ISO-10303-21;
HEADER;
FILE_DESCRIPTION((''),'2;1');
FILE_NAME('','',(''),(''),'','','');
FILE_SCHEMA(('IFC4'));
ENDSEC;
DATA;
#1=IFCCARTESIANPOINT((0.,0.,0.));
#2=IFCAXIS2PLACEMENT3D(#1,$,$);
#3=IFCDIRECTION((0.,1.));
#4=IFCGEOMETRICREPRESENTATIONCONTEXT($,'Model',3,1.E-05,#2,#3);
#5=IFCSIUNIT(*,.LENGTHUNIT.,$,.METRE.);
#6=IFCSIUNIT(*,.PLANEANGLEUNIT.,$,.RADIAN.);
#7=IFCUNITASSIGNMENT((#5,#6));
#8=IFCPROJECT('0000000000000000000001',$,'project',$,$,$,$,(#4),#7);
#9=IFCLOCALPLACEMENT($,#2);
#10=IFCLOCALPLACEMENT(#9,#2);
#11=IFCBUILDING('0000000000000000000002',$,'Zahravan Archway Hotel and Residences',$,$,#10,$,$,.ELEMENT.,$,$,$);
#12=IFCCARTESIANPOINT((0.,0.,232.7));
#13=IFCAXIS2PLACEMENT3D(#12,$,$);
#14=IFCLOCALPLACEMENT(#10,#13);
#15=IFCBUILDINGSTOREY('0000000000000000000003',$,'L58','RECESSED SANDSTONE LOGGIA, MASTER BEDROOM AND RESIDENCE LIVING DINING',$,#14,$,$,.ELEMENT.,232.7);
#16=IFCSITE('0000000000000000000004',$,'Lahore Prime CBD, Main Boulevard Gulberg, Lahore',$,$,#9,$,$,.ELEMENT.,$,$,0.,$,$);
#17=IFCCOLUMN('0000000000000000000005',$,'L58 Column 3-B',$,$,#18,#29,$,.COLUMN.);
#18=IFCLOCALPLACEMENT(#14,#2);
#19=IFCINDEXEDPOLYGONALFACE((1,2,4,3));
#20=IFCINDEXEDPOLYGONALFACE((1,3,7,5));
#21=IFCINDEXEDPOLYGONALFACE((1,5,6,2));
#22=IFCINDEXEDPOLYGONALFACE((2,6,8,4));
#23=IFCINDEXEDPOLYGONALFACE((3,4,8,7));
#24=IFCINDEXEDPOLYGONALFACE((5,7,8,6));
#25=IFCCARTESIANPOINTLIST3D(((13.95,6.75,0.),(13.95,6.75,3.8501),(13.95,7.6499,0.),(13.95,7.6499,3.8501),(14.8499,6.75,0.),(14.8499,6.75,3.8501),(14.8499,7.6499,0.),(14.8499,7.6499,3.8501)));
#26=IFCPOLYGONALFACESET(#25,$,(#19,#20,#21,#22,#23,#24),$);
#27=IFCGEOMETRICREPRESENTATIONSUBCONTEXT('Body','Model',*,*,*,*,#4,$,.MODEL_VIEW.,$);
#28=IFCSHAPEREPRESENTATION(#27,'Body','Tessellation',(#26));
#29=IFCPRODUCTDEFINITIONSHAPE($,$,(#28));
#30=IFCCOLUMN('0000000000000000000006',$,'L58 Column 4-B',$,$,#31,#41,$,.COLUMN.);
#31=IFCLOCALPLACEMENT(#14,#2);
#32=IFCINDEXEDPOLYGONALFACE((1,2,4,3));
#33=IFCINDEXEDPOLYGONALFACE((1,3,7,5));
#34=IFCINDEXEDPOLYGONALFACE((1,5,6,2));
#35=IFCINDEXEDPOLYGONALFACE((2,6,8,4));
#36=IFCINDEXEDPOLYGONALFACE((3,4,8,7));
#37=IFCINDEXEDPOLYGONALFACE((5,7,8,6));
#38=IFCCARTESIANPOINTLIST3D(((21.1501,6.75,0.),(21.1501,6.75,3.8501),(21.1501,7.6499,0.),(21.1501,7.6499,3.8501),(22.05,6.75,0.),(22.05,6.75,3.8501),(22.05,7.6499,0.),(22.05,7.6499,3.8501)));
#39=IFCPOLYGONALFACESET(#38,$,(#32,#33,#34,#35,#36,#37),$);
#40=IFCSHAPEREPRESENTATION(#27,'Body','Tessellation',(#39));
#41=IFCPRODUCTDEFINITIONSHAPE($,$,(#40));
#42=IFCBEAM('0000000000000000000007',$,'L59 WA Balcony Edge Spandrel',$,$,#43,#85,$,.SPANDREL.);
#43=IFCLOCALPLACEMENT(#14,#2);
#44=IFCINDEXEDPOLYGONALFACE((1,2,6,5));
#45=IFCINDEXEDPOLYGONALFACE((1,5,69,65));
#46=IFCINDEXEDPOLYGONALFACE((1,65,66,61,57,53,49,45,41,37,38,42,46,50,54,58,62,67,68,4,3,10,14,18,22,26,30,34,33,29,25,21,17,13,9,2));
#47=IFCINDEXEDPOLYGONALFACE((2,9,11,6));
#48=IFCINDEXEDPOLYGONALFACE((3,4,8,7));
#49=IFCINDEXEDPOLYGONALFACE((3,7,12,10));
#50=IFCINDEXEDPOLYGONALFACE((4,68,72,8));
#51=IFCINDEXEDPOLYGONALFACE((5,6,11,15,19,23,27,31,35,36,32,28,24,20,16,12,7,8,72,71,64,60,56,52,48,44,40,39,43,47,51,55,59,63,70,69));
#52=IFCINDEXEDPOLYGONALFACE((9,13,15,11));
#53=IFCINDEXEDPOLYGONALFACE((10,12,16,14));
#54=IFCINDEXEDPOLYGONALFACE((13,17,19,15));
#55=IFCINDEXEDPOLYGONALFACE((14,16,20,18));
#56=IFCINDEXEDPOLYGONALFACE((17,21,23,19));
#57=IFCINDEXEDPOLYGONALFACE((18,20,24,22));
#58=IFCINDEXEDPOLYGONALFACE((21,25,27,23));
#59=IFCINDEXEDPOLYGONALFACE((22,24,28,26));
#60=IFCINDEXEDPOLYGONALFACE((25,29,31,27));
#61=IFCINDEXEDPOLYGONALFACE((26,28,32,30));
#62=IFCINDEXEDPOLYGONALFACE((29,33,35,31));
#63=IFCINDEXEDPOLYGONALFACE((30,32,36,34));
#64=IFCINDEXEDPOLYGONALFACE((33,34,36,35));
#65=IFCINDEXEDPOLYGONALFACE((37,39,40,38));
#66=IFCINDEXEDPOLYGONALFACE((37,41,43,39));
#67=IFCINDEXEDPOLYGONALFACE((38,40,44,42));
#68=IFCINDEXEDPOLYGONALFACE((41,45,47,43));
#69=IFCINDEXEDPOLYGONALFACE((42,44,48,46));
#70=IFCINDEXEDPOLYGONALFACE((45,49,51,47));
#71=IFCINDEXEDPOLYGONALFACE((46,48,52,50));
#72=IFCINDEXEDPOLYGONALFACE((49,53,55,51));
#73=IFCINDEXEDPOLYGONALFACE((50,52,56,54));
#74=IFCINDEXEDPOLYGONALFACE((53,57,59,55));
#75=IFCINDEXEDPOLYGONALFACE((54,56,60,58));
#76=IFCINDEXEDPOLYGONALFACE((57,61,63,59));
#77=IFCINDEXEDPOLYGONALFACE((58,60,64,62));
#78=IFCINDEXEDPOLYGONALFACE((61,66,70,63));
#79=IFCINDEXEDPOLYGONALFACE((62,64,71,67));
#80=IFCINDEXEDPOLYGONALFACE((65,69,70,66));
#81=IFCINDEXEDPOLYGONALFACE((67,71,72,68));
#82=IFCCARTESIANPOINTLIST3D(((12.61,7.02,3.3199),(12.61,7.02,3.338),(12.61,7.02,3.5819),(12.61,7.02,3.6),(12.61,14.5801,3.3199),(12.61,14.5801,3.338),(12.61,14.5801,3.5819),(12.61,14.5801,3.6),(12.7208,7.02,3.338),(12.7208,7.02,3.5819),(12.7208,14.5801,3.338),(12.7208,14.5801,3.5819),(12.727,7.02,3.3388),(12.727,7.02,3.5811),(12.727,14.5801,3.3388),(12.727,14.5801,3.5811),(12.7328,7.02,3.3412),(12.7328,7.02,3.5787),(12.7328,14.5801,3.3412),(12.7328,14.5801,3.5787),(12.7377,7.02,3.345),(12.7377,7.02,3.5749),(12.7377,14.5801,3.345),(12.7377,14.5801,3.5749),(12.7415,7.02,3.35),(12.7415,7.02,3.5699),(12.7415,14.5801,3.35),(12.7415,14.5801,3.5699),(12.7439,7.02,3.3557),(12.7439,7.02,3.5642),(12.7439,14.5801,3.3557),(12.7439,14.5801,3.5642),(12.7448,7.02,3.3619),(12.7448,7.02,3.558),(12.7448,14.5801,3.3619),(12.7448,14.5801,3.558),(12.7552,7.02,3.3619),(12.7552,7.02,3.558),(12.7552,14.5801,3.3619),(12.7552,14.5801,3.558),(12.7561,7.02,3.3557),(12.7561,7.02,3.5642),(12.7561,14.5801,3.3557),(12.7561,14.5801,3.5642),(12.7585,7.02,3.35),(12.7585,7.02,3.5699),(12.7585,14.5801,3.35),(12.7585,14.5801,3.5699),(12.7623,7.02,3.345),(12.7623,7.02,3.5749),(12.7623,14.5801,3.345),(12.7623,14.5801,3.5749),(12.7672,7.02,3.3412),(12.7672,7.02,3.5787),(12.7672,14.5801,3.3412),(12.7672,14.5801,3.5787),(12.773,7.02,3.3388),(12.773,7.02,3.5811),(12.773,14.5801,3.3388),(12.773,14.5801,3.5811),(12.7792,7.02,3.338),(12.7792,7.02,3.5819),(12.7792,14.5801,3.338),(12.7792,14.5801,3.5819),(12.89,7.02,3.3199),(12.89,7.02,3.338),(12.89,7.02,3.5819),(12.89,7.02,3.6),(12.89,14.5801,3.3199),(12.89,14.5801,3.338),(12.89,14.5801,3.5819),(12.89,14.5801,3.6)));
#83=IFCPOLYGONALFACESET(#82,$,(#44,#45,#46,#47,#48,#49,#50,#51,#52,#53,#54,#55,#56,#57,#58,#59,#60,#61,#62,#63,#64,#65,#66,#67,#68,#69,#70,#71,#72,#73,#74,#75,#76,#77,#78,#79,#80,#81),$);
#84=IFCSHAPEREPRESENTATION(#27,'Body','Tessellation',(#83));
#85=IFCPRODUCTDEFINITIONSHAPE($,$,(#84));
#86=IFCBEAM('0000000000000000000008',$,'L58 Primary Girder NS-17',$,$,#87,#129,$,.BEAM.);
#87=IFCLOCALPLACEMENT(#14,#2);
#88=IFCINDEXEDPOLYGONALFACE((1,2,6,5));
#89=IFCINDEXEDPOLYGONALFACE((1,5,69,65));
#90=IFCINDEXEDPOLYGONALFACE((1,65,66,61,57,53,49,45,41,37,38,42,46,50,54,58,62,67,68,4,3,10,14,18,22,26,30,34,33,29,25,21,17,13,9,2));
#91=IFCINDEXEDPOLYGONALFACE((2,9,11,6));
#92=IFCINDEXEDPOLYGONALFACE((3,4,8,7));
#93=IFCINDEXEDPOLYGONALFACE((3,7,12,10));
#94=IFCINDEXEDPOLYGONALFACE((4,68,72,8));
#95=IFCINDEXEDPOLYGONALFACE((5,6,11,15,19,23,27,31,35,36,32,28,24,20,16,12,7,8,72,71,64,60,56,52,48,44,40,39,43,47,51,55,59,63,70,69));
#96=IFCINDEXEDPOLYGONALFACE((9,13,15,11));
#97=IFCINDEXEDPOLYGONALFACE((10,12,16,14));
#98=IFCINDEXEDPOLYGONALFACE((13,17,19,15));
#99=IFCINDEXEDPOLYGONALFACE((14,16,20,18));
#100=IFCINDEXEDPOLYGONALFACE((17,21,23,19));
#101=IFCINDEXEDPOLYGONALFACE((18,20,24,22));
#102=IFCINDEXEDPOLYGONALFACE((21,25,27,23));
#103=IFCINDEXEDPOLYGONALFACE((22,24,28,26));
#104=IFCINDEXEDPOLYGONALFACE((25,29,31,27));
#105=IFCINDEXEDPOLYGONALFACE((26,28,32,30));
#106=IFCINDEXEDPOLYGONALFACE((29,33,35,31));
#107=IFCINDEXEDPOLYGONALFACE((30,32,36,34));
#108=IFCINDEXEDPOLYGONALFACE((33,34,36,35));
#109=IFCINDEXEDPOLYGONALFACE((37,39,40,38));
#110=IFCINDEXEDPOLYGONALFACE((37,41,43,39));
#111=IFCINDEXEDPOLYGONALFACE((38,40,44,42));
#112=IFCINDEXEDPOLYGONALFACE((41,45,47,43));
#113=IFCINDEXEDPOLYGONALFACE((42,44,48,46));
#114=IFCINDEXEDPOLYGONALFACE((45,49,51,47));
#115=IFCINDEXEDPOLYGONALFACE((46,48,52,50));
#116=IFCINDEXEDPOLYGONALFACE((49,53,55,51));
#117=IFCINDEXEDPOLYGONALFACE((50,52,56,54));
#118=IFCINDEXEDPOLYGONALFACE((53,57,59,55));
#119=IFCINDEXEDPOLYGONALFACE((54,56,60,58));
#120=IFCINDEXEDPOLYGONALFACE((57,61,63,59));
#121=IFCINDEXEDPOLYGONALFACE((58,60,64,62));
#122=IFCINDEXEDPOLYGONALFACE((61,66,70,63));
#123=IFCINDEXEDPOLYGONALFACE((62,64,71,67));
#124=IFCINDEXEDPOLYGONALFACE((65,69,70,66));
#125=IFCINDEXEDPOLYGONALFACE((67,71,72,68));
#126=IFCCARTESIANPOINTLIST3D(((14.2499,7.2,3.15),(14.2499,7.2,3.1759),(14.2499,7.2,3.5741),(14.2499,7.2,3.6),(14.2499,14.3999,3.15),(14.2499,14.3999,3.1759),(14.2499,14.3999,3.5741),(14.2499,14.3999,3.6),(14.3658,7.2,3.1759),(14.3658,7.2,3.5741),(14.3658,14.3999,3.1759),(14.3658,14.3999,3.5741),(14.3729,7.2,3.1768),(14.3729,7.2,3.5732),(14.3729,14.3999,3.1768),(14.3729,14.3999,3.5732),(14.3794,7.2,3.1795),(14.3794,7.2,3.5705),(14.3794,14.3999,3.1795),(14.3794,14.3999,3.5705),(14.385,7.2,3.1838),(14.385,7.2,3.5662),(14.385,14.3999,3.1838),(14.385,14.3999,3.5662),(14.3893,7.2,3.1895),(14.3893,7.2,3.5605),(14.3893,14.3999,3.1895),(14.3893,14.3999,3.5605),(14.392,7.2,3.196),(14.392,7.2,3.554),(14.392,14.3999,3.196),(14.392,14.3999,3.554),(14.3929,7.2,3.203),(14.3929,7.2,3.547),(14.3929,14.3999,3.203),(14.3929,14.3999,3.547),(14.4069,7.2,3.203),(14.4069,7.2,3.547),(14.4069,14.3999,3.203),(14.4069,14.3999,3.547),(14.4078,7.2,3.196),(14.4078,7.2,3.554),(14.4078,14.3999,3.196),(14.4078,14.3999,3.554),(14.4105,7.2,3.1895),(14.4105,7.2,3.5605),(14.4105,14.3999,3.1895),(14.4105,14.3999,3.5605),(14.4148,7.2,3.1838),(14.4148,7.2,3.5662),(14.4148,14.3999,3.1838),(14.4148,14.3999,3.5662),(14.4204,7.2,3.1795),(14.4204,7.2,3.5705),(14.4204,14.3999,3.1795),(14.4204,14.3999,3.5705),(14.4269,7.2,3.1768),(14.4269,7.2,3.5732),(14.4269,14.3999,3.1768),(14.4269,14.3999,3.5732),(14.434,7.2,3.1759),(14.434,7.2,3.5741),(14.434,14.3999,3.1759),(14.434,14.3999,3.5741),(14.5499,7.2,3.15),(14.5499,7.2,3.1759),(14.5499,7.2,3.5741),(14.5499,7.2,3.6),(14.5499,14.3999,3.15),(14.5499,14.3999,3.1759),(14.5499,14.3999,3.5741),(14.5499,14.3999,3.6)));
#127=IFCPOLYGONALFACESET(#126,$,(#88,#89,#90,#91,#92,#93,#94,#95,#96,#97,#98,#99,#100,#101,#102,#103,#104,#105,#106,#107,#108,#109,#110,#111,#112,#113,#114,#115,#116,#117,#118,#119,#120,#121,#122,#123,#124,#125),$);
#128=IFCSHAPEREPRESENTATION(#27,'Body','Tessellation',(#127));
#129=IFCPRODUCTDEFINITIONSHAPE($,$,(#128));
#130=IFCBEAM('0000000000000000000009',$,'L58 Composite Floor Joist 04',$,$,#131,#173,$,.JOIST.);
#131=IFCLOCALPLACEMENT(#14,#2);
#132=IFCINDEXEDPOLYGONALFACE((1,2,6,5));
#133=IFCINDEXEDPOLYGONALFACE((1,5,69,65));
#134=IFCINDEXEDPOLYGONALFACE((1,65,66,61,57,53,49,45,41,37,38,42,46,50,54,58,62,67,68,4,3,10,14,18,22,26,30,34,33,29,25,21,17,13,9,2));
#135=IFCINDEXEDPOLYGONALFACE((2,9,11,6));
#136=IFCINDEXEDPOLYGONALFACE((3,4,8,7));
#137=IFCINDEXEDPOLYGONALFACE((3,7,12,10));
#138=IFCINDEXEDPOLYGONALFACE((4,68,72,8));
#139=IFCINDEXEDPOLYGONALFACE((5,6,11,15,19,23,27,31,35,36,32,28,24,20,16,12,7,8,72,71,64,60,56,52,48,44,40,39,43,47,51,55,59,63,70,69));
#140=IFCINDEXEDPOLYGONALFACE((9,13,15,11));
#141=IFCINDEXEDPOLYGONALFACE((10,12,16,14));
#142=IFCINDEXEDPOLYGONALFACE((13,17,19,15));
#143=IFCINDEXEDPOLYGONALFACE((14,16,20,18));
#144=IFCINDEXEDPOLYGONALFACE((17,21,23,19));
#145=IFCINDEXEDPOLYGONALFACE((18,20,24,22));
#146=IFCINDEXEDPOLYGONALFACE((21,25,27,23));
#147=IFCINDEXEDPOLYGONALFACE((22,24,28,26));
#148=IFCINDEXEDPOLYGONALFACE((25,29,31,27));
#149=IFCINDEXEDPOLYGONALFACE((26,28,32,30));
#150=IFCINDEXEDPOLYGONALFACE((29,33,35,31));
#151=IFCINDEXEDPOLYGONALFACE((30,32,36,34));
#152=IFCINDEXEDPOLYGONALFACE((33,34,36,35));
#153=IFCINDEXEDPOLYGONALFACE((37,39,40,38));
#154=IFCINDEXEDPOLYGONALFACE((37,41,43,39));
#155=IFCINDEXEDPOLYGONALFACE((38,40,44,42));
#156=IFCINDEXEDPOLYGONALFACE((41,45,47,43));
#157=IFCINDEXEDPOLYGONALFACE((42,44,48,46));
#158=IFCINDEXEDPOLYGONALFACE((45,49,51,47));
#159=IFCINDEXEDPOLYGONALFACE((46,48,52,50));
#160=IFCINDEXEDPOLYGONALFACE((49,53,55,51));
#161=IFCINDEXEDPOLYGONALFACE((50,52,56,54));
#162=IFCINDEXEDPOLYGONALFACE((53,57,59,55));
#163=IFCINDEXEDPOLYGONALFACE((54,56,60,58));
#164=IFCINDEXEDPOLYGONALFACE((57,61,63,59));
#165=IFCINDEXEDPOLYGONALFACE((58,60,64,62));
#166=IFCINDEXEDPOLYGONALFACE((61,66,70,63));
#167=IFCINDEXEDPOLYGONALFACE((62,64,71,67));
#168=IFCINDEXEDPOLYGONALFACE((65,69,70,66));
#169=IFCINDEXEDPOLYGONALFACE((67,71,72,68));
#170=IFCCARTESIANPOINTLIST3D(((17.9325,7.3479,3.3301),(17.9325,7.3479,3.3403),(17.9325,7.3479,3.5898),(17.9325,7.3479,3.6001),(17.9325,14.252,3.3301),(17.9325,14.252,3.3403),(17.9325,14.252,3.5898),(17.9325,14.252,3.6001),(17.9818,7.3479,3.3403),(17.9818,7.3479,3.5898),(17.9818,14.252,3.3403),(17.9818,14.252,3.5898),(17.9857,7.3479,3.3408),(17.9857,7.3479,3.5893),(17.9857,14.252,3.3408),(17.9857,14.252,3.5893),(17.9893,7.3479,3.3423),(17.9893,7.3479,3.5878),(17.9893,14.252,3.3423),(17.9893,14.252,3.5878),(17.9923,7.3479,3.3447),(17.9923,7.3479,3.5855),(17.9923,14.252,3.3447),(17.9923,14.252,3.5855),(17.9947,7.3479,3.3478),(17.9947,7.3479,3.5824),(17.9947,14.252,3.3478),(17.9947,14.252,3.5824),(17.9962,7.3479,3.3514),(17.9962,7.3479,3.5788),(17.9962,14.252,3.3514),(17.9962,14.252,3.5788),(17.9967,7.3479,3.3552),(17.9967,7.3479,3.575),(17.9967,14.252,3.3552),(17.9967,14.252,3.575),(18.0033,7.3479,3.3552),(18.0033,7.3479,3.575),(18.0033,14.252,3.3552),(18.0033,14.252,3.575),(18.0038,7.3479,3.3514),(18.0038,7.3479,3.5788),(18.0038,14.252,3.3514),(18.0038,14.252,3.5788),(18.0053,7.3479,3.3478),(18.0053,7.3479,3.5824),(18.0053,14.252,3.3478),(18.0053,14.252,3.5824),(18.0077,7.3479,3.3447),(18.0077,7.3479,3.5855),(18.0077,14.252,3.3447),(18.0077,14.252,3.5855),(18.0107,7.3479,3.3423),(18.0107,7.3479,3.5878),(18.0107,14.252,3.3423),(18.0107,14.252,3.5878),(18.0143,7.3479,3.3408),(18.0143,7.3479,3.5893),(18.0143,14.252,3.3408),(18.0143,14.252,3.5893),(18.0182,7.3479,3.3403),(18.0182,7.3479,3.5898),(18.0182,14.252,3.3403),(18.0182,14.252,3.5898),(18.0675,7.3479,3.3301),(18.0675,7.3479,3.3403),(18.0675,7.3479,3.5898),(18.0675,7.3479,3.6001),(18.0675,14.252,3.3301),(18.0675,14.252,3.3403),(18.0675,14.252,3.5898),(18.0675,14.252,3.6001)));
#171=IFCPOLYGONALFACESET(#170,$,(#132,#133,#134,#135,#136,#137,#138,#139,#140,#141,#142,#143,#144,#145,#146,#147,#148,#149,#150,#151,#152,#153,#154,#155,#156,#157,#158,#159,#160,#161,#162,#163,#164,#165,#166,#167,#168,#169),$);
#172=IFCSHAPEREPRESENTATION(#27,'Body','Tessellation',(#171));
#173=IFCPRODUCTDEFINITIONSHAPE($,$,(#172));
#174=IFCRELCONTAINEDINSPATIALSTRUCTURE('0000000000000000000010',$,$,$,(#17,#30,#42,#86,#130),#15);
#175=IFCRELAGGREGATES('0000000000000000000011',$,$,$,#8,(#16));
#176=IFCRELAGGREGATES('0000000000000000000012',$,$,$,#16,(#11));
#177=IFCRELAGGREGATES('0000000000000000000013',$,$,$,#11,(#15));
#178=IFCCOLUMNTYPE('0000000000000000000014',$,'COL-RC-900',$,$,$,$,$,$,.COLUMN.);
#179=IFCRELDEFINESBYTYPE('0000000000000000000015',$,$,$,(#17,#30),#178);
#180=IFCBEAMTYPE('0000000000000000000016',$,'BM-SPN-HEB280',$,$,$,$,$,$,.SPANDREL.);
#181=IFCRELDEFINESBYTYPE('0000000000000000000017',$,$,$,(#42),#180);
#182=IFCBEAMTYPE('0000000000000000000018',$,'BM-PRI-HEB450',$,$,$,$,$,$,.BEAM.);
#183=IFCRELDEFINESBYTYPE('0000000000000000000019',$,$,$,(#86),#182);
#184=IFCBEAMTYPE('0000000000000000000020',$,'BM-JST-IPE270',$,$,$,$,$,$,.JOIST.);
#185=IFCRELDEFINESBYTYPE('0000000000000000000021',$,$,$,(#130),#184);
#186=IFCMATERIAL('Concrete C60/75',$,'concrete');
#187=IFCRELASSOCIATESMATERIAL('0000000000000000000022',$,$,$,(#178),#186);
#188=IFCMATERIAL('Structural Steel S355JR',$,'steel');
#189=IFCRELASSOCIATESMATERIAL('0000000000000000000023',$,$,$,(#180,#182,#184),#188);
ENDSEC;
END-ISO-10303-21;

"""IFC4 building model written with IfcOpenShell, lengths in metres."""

from ifc_helpers import new_model, si_unit, direction, frame, origin, origin_2d, place, context, subcontext, project, spatial, rectangle, i_section, extrude, source, transform, mapped, material, material_profile, profile_set, type_object, type_shapes, element, save


model = new_model("IFC4")

# Units and contexts
model_context = context("Model", 3, precision=1e-05, world=origin(), true_north=direction((0.0, 1.0)))
body_context = subcontext(model_context, "Body", "Model", "MODEL_VIEW")
ifc_project = project(units=[si_unit("LENGTHUNIT", "METRE"), si_unit("PLANEANGLEUNIT", "RADIAN")], contexts=[model_context])

# Site, building, storey
site_placement = place(None, origin())
site = spatial("IfcSite", under=ifc_project, at=site_placement, Name="Lahore Prime CBD, Main Boulevard Gulberg, Lahore", CompositionType="ELEMENT", RefElevation=0.0)
building_placement = place(site_placement, origin())
building = spatial("IfcBuilding", under=site, at=building_placement, Name="Zahravan Archway Hotel and Residences", CompositionType="ELEMENT")
storey_placement = place(building_placement, frame((0.0, 0.0, 232.7)))
storey = spatial("IfcBuildingStorey", under=building, at=storey_placement, Name="L58", Description="RECESSED SANDSTONE LOGGIA, MASTER BEDROOM AND RESIDENCE LIVING DINING", CompositionType="ELEMENT", Elevation=232.7)

# Columns
ifc_material_1 = material(Name="Concrete C60/75", Category="concrete")
ifc_material_profile_1 = material_profile(ifc_material_1, rectangle(XDim=0.8999, YDim=0.8999, at=origin_2d()), Name="RC-COL-900x900", Category="concrete")
ifc_profile_set_1 = profile_set([ifc_material_profile_1], Name="Concrete C60/75")
column_type = type_object("IfcColumnType", Name="COL-RC-900", PredefinedType="COLUMN", material=ifc_profile_set_1)
shared_shape_1 = source(origin(), body_context, "Body", "SweptSolid", [
    extrude(rectangle(XDim=0.8999, YDim=0.8999, at=origin_2d()), origin(), (0.0, 0.0, 1.0), 3.8501),
])
type_shapes(column_type, [shared_shape_1])
for number, where, z_axis, x_axis, name in (
    (1, (14.3999, 7.2, 0.0), (0.0, 0.0, 1.0), (1.0, 0.0, 0.0), "L58 Column 3-B"),
    (2, (21.6001, 7.2, 0.0), (0.0, 0.0, 1.0), (1.0, 0.0, 0.0), "L58 Column 4-B"),
):
    element("IfcColumn", number, at=place(storey_placement, frame(where, z_axis=z_axis, x_axis=x_axis)), inside=storey, type_object=column_type, Name=name, PredefinedType="COLUMN", context=body_context, shape_type="MappedRepresentation", body=[
        mapped(shared_shape_1, transform((0.0, 0.0, 0.0), scale=1.0)),
    ])

# Beams
ifc_material_2 = material(Name="Structural Steel S355JR", Category="steel")
ifc_material_profile_2 = material_profile(ifc_material_2, i_section(OverallWidth=0.28, OverallDepth=0.28, WebThickness=0.0105, FlangeThickness=0.0181, FilletRadius=0.0239, at=origin_2d()), Name="HEB 280", Category="steel")
ifc_profile_set_2 = profile_set([ifc_material_profile_2], Name="Structural Steel S355JR")
beam_type_1 = type_object("IfcBeamType", Name="BM-SPN-HEB280", PredefinedType="SPANDREL", material=ifc_profile_set_2)
shared_shape_2 = source(origin(), body_context, "Body", "SweptSolid", [
    extrude(i_section(OverallWidth=0.28, OverallDepth=0.28, WebThickness=0.0105, FlangeThickness=0.0181, FilletRadius=0.0239, at=origin_2d()), origin(), (0.0, 0.0, 1.0), 7.5601),
])
type_shapes(beam_type_1, [shared_shape_2])
beam_1_placement = place(storey_placement, frame((12.75, 7.02, 3.46), z_axis=(0.0, 1.0, 0.0), x_axis=(-1.0, 0.0, 0.0)))
element("IfcBeam", 3, at=beam_1_placement, inside=storey, type_object=beam_type_1, Name="L59 WA Balcony Edge Spandrel", PredefinedType="SPANDREL", context=body_context, shape_type="MappedRepresentation", body=[
    mapped(shared_shape_2, transform((0.0, 0.0, 0.0), scale=1.0)),
])
ifc_material_profile_3 = material_profile(ifc_material_2, i_section(OverallWidth=0.3, OverallDepth=0.45, WebThickness=0.0139, FlangeThickness=0.0259, FilletRadius=0.0271, at=origin_2d()), Name="HEB 450", Category="steel")
ifc_profile_set_3 = profile_set([ifc_material_profile_3], Name="Structural Steel S355JR")
beam_type_2 = type_object("IfcBeamType", Name="BM-PRI-HEB450", PredefinedType="BEAM", material=ifc_profile_set_3)
shared_shape_3 = source(origin(), body_context, "Body", "SweptSolid", [
    extrude(i_section(OverallWidth=0.3, OverallDepth=0.45, WebThickness=0.0139, FlangeThickness=0.0259, FilletRadius=0.0271, at=origin_2d()), origin(), (0.0, 0.0, 1.0), 7.2),
])
beam_2_placement = place(storey_placement, frame((14.3999, 7.2, 3.375), z_axis=(0.0, 1.0, 0.0), x_axis=(-1.0, 0.0, 0.0)))
element("IfcBeam", 4, at=beam_2_placement, inside=storey, type_object=beam_type_2, Name="L58 Primary Girder NS-17", PredefinedType="BEAM", context=body_context, shape_type="MappedRepresentation", body=[
    mapped(shared_shape_3, transform((0.0, 0.0, 0.0), scale=1.0)),
])
ifc_material_profile_4 = material_profile(ifc_material_2, i_section(OverallWidth=0.135, OverallDepth=0.27, WebThickness=0.0066, FlangeThickness=0.0103, FilletRadius=0.0149, at=origin_2d()), Name="IPE 270", Category="steel")
ifc_profile_set_4 = profile_set([ifc_material_profile_4], Name="Structural Steel S355JR")
beam_type_3 = type_object("IfcBeamType", Name="BM-JST-IPE270", PredefinedType="JOIST", material=ifc_profile_set_4)
shared_shape_4 = source(origin(), body_context, "Body", "SweptSolid", [
    extrude(i_section(OverallWidth=0.135, OverallDepth=0.27, WebThickness=0.0066, FlangeThickness=0.0103, FilletRadius=0.0149, at=origin_2d()), origin(), (0.0, 0.0, 1.0), 6.9041),
])
type_shapes(beam_type_3, [shared_shape_4])
beam_3_placement = place(storey_placement, frame((18.0, 7.3479, 3.4651), z_axis=(0.0, 1.0, 0.0), x_axis=(-1.0, 0.0, 0.0)))
element("IfcBeam", 5, at=beam_3_placement, inside=storey, type_object=beam_type_3, Name="L58 Composite Floor Joist 04", PredefinedType="JOIST", context=body_context, shape_type="MappedRepresentation", body=[
    mapped(shared_shape_4, transform((0.0, 0.0, 0.0), scale=1.0)),
])

save(model, "model.ifc")
